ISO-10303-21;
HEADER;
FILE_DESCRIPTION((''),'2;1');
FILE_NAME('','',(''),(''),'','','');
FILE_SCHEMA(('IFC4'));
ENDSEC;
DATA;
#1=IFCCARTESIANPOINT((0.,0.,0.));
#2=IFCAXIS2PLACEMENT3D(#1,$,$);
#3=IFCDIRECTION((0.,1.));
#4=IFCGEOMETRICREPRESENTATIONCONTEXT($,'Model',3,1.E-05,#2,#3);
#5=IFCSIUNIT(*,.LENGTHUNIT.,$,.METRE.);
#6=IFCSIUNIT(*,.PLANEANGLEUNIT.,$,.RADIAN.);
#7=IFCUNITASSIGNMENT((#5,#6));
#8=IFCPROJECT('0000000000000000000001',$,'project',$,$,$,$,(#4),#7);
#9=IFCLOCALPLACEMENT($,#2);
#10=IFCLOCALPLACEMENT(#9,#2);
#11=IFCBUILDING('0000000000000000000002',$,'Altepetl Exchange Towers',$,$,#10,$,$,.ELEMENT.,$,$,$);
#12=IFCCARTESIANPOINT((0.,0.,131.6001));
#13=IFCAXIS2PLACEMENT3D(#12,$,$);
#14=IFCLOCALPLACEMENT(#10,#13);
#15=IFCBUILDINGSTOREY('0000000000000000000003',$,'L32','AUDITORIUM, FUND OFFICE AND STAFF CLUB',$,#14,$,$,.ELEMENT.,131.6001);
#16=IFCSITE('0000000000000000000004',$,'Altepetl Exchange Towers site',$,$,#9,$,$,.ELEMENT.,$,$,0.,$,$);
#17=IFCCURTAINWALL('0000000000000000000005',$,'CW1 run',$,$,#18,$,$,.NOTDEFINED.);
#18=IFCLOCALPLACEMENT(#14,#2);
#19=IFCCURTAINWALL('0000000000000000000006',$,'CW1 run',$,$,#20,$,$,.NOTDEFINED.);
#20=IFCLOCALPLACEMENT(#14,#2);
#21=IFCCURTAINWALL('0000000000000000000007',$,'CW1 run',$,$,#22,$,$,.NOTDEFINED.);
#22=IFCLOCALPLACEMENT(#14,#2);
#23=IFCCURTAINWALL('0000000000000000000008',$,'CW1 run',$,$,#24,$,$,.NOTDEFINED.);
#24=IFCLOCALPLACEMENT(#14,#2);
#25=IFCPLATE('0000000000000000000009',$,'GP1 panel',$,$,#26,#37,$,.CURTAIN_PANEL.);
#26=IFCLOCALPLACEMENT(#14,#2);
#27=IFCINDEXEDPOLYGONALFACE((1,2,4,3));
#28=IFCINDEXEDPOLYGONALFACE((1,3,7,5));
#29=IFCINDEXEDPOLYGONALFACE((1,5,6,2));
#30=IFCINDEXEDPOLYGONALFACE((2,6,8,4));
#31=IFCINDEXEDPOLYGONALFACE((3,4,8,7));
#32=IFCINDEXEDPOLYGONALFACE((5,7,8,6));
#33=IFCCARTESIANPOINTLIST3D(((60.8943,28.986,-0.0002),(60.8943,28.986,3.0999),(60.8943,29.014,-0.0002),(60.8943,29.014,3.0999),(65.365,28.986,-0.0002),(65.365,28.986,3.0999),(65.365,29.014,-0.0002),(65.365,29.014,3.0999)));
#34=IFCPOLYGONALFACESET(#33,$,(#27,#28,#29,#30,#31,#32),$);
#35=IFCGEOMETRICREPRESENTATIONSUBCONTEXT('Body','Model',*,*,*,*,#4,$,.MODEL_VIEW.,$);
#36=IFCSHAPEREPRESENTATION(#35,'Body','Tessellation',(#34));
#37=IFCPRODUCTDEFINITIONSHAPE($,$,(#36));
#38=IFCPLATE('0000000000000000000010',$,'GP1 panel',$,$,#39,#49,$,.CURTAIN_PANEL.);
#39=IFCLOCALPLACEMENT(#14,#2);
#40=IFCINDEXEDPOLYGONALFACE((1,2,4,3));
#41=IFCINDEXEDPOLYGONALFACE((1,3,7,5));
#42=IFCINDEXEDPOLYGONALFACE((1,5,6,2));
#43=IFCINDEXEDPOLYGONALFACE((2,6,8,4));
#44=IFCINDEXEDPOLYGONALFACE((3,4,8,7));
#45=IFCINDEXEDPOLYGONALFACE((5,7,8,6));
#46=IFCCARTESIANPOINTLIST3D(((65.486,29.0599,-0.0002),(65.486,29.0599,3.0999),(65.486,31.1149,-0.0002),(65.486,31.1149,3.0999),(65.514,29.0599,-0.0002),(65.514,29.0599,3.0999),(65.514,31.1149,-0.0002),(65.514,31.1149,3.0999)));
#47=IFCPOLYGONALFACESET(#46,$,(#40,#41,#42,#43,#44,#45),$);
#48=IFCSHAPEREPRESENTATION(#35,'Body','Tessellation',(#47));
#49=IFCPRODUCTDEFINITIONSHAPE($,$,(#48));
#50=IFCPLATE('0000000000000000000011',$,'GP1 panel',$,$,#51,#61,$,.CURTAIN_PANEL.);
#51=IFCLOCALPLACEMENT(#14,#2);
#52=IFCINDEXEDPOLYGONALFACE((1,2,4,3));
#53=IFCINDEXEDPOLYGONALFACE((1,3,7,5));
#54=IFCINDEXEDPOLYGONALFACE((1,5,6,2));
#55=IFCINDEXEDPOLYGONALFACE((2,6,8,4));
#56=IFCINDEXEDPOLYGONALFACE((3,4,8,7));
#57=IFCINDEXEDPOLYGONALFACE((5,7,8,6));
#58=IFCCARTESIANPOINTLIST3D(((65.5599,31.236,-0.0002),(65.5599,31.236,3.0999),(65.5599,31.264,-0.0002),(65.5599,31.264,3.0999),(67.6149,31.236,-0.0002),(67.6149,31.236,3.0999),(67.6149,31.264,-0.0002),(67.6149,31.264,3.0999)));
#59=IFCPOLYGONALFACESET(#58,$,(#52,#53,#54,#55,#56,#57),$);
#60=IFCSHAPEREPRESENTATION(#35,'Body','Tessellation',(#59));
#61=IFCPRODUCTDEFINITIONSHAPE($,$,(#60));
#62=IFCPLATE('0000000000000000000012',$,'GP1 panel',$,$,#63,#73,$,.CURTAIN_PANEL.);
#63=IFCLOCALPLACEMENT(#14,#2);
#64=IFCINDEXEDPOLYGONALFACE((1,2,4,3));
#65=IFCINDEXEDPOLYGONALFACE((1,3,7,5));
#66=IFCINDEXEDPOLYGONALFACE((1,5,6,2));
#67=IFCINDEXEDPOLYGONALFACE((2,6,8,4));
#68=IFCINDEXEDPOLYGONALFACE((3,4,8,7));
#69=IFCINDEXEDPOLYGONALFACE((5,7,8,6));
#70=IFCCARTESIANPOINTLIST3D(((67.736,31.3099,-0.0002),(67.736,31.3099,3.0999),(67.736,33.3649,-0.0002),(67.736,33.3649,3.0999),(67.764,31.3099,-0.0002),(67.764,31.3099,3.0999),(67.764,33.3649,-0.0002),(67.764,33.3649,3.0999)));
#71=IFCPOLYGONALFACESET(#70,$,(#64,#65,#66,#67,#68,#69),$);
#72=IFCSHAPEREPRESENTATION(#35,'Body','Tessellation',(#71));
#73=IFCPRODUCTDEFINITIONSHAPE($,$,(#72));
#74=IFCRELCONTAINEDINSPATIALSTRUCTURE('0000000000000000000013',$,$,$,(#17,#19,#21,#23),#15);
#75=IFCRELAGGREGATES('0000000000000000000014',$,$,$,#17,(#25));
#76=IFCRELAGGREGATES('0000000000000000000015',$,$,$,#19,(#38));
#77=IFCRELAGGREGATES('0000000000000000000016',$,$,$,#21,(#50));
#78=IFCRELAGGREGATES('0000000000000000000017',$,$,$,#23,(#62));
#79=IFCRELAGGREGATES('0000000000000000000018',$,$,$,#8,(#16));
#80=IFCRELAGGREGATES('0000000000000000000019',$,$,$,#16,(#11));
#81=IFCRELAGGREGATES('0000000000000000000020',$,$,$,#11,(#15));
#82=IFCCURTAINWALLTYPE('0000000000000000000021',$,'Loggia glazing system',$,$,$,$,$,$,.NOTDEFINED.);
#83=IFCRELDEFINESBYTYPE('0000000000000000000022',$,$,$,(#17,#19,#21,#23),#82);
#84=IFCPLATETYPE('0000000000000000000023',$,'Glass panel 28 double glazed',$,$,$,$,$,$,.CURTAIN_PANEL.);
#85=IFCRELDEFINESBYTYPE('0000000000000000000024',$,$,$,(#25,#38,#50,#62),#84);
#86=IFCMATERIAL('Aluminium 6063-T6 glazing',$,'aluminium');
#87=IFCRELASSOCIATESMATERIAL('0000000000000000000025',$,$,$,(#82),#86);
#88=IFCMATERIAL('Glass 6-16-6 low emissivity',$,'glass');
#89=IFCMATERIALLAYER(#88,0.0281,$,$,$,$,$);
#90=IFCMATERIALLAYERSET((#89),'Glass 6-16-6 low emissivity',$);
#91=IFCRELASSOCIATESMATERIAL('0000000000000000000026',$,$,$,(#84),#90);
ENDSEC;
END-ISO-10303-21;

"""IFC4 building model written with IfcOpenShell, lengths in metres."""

from ifc_helpers import new_model, si_unit, direction, frame, origin, origin_2d, place, context, subcontext, project, spatial, rectangle, extrude, material, layer, layer_set, type_object, element, aggregate, save


model = new_model("IFC4")

# Units and contexts
model_context = context("Model", 3, precision=1e-05, world=origin(), true_north=direction((0.0, 1.0)))
body_context = subcontext(model_context, "Body", "Model", "MODEL_VIEW")
ifc_project = project(units=[si_unit("LENGTHUNIT", "METRE"), si_unit("PLANEANGLEUNIT", "RADIAN")], contexts=[model_context])

# Site, building, storey
site_placement = place(None, origin())
site = spatial("IfcSite", under=ifc_project, at=site_placement, Name="Altepetl Exchange Towers site", CompositionType="ELEMENT", RefElevation=0.0)
building_placement = place(site_placement, origin())
building = spatial("IfcBuilding", under=site, at=building_placement, Name="Altepetl Exchange Towers", CompositionType="ELEMENT")
storey_placement = place(building_placement, frame((0.0, 0.0, 131.6001)))
storey = spatial("IfcBuildingStorey", under=building, at=storey_placement, Name="L32", Description="AUDITORIUM, FUND OFFICE AND STAFF CLUB", CompositionType="ELEMENT", Elevation=131.6001)

# Curtain wall
ifc_material_1 = material(Name="Aluminium 6063-T6 glazing", Category="aluminium")
curtain_wall_type = type_object("IfcCurtainWallType", Name="Loggia glazing system", PredefinedType="NOTDEFINED", material=ifc_material_1)
curtain_wall_1_placement = place(storey_placement, origin())
curtain_wall_1 = element("IfcCurtainWall", 1, at=curtain_wall_1_placement, inside=storey, type_object=curtain_wall_type, Name="CW1 run", PredefinedType="NOTDEFINED")

# Curtain walls
curtain_wall_2_placement = place(storey_placement, origin())
curtain_wall_2 = element("IfcCurtainWall", 2, at=curtain_wall_2_placement, inside=storey, type_object=curtain_wall_type, Name="CW1 run", PredefinedType="NOTDEFINED")
curtain_wall_3_placement = place(storey_placement, origin())
curtain_wall_3 = element("IfcCurtainWall", 3, at=curtain_wall_3_placement, inside=storey, type_object=curtain_wall_type, Name="CW1 run", PredefinedType="NOTDEFINED")
curtain_wall_4_placement = place(storey_placement, origin())
curtain_wall_4 = element("IfcCurtainWall", 4, at=curtain_wall_4_placement, inside=storey, type_object=curtain_wall_type, Name="CW1 run", PredefinedType="NOTDEFINED")

# Plates
ifc_material_2 = material(Name="Glass 6-16-6 low emissivity", Category="glass")
ifc_layer = layer(ifc_material_2, 0.0281)
ifc_layer_set = layer_set([ifc_layer], Name="Glass 6-16-6 low emissivity")
plate_type = type_object("IfcPlateType", Name="Glass panel 28 double glazed", PredefinedType="CURTAIN_PANEL", material=ifc_layer_set)
plate_1_placement = place(storey_placement, frame((63.1296, 29.0, -0.0002)))
plate_1 = element("IfcPlate", 5, at=plate_1_placement, type_object=plate_type, Name="GP1 panel", PredefinedType="CURTAIN_PANEL", context=body_context, shape_type="SweptSolid", body=[
    extrude(rectangle(XDim=4.4707, YDim=0.0281, at=origin_2d()), origin(), (0.0, 0.0, 1.0), 3.1001),
])
aggregate(curtain_wall_1, [plate_1])
plate_2_placement = place(storey_placement, frame((65.5, 30.0874, -0.0002), z_axis=(0.0, 0.0, 1.0), x_axis=(0.0, 1.0, 0.0)))
plate_2 = element("IfcPlate", 6, at=plate_2_placement, type_object=plate_type, Name="GP1 panel", PredefinedType="CURTAIN_PANEL", context=body_context, shape_type="SweptSolid", body=[
    extrude(rectangle(XDim=2.0549, YDim=0.0281, at=origin_2d()), origin(), (0.0, 0.0, 1.0), 3.1001),
])
aggregate(curtain_wall_2, [plate_2])
plate_3_placement = place(storey_placement, frame((66.5874, 31.25, -0.0002)))
plate_3 = element("IfcPlate", 7, at=plate_3_placement, type_object=plate_type, Name="GP1 panel", PredefinedType="CURTAIN_PANEL", context=body_context, shape_type="SweptSolid", body=[
    extrude(rectangle(XDim=2.0549, YDim=0.0281, at=origin_2d()), origin(), (0.0, 0.0, 1.0), 3.1001),
])
aggregate(curtain_wall_3, [plate_3])
plate_4_placement = place(storey_placement, frame((67.75, 32.3374, -0.0002), z_axis=(0.0, 0.0, 1.0), x_axis=(0.0, 1.0, 0.0)))
plate_4 = element("IfcPlate", 8, at=plate_4_placement, type_object=plate_type, Name="GP1 panel", PredefinedType="CURTAIN_PANEL", context=body_context, shape_type="SweptSolid", body=[
    extrude(rectangle(XDim=2.0549, YDim=0.0281, at=origin_2d()), origin(), (0.0, 0.0, 1.0), 3.1001),
])
aggregate(curtain_wall_4, [plate_4])

save(model, "model.ifc")
